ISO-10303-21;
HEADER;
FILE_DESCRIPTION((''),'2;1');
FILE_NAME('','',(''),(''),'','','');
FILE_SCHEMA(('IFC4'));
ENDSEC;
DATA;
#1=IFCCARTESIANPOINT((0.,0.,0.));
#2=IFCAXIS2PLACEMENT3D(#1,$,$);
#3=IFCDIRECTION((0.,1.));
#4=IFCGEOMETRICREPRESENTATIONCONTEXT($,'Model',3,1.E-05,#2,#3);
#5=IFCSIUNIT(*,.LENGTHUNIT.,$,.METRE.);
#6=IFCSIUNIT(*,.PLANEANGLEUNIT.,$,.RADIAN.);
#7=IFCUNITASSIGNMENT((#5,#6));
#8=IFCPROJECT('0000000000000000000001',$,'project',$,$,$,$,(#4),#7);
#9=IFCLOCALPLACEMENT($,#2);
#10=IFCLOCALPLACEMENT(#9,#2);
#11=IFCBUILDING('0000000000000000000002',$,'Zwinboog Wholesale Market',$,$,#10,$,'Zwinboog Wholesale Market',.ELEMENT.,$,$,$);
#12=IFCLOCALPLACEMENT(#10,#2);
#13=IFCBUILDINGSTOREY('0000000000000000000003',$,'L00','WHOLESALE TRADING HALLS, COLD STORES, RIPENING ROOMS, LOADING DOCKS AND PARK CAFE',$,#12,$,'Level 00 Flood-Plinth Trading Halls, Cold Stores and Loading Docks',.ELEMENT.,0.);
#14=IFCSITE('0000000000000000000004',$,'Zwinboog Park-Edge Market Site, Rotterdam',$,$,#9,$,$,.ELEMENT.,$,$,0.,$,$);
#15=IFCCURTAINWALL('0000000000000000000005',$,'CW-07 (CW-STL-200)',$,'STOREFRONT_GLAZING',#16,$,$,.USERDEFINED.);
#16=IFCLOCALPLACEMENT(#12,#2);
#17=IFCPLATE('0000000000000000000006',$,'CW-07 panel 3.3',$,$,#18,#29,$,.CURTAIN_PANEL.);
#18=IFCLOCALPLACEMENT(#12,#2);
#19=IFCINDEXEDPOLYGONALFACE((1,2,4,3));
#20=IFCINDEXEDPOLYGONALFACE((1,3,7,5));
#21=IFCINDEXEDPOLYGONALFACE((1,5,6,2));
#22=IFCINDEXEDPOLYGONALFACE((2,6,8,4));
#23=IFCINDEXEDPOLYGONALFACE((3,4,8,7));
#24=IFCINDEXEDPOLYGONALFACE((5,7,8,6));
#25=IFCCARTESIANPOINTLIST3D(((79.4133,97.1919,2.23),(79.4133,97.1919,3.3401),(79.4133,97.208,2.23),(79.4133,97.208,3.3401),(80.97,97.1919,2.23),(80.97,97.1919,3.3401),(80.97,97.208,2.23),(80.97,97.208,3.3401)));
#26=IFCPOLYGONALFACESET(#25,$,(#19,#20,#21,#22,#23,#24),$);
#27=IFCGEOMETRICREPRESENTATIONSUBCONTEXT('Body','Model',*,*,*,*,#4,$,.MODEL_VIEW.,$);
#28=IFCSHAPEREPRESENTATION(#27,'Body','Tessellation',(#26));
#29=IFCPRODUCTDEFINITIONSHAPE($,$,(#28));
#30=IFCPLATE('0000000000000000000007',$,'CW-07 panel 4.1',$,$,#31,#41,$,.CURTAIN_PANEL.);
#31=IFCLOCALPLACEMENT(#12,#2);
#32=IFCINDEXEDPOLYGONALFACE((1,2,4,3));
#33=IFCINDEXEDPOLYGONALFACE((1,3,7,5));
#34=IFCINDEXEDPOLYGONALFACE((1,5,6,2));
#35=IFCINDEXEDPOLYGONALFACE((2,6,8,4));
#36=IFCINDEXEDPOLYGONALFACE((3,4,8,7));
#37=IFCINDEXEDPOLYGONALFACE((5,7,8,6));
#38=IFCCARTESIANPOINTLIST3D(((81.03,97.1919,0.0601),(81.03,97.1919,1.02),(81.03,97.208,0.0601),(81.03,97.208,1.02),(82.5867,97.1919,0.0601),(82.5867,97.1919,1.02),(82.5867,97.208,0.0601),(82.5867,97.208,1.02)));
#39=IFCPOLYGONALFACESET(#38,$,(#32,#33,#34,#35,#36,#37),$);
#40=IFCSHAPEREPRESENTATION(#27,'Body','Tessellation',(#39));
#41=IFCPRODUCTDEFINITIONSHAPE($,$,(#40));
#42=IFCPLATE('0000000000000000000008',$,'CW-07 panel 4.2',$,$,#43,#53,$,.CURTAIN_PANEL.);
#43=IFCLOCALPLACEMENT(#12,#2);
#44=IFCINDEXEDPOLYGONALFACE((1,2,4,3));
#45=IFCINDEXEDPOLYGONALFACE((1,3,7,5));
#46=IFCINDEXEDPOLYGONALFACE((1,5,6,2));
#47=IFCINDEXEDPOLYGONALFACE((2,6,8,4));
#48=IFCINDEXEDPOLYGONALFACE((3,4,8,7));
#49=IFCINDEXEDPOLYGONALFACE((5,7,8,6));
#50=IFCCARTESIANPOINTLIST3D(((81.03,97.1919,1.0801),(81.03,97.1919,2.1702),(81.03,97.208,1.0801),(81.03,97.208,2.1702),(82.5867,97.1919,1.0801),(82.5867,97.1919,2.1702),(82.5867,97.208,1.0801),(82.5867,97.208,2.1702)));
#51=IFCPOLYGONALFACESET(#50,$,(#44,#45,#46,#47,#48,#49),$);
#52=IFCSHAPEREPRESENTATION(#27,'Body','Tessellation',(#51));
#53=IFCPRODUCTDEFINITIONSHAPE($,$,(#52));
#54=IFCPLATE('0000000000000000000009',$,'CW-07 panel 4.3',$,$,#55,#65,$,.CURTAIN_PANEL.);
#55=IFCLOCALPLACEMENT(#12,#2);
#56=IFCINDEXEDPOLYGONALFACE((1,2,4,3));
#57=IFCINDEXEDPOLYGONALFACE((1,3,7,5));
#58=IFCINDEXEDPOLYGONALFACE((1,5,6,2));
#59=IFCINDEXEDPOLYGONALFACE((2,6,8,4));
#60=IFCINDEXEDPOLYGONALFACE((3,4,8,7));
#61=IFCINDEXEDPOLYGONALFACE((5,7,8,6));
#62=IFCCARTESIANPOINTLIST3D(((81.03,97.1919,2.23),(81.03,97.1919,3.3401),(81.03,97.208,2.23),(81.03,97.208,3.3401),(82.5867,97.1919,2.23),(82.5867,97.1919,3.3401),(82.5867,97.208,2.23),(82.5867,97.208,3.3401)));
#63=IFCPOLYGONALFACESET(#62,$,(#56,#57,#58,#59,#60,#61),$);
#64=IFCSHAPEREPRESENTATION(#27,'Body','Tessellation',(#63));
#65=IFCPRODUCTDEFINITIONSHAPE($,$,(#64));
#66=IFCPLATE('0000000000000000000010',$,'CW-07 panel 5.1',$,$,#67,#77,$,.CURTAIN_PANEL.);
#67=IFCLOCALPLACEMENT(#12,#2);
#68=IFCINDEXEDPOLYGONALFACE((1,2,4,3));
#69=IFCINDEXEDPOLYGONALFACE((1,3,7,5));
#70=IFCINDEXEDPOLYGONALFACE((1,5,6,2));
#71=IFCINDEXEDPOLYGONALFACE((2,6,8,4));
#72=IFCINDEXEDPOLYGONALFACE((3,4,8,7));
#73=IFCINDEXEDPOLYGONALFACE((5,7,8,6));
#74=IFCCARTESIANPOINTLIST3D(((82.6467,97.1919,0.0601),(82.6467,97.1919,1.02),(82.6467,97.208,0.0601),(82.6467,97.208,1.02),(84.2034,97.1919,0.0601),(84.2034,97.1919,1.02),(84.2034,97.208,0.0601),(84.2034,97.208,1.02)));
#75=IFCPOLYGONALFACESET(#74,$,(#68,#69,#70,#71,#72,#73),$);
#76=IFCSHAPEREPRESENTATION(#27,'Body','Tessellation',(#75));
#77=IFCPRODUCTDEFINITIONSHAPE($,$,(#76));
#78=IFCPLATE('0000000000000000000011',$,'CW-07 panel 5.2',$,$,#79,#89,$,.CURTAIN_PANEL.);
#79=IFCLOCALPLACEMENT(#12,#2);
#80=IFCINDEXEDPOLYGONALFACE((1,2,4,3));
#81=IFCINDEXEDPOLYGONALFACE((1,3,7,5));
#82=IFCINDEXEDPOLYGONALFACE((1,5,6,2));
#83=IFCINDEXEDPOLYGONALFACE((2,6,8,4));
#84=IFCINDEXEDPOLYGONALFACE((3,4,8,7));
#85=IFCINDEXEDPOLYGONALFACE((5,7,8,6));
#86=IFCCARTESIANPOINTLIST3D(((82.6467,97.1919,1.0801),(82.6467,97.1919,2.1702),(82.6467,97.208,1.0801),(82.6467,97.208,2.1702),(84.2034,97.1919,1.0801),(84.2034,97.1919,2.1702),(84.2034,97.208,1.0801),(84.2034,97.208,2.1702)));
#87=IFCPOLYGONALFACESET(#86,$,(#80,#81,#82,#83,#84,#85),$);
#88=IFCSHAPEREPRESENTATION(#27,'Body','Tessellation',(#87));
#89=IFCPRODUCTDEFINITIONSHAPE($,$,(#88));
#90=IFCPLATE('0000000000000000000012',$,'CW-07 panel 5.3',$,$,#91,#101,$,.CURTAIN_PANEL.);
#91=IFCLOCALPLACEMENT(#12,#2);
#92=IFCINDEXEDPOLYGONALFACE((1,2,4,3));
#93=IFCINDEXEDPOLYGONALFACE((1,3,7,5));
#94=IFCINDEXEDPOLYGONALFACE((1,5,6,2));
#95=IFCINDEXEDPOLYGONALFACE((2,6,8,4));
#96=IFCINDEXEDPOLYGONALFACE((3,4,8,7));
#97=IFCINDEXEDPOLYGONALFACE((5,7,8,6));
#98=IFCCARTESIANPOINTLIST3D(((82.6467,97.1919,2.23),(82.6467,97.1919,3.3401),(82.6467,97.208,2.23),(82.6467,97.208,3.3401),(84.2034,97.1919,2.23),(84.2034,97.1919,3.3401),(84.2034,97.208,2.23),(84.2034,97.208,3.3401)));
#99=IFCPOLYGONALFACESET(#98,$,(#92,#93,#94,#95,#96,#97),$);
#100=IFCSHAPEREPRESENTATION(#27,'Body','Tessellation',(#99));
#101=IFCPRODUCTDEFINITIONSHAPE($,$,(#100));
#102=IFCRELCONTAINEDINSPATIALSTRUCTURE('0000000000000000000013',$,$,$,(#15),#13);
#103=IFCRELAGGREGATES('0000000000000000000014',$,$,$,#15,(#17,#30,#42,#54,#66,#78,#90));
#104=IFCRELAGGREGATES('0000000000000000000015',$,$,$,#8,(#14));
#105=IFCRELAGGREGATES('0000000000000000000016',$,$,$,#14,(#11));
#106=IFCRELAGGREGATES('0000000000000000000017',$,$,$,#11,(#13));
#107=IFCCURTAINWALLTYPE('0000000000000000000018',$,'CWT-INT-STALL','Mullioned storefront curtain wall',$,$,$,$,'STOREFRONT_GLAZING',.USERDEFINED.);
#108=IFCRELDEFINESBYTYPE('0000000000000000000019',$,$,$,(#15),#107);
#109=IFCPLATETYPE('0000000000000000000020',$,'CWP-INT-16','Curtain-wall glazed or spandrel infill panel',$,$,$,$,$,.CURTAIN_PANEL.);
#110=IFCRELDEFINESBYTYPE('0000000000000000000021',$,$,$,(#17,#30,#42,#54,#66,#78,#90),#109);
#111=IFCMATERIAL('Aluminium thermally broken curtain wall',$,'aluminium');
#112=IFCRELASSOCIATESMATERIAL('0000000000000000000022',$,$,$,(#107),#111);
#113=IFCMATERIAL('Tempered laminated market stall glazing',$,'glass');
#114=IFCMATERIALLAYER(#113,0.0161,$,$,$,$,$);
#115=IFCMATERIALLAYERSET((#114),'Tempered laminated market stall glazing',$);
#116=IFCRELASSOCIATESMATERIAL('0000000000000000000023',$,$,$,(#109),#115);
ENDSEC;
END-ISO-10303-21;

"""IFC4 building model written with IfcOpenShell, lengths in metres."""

from ifc_helpers import new_model, si_unit, direction, frame, origin, origin_2d, place, context, subcontext, project, spatial, rectangle, extrude, material, layer, layer_set, type_object, element, aggregate, save


model = new_model("IFC4")

# Units and contexts
model_context = context("Model", 3, precision=1e-05, world=origin(), true_north=direction((0.0, 1.0)))
body_context = subcontext(model_context, "Body", "Model", "MODEL_VIEW")
ifc_project = project(units=[si_unit("LENGTHUNIT", "METRE"), si_unit("PLANEANGLEUNIT", "RADIAN")], contexts=[model_context])

# Site, building, storey
site_placement = place(None, origin())
site = spatial("IfcSite", under=ifc_project, at=site_placement, Name="Zwinboog Park-Edge Market Site, Rotterdam", CompositionType="ELEMENT", RefElevation=0.0)
building_placement = place(site_placement, origin())
building = spatial("IfcBuilding", under=site, at=building_placement, Name="Zwinboog Wholesale Market", LongName="Zwinboog Wholesale Market", CompositionType="ELEMENT")
storey_placement = place(building_placement, origin())
storey = spatial("IfcBuildingStorey", under=building, at=storey_placement, Name="L00", Description="WHOLESALE TRADING HALLS, COLD STORES, RIPENING ROOMS, LOADING DOCKS AND PARK CAFE", LongName="Level 00 Flood-Plinth Trading Halls, Cold Stores and Loading Docks", CompositionType="ELEMENT", Elevation=0.0)

# Curtain wall, plates
ifc_material_1 = material(Name="Aluminium thermally broken curtain wall", Category="aluminium")
curtain_wall_type = type_object("IfcCurtainWallType", Name="CWT-INT-STALL", Description="Mullioned storefront curtain wall", ElementType="STOREFRONT_GLAZING", PredefinedType="USERDEFINED", material=ifc_material_1)
curtain_wall_placement = place(storey_placement, origin())
curtain_wall = element("IfcCurtainWall", 1, at=curtain_wall_placement, inside=storey, type_object=curtain_wall_type, Name="CW-07 (CW-STL-200)", ObjectType="STOREFRONT_GLAZING", PredefinedType="USERDEFINED")
ifc_material_2 = material(Name="Tempered laminated market stall glazing", Category="glass")
ifc_layer = layer(ifc_material_2, 0.0161)
ifc_layer_set = layer_set([ifc_layer], Name="Tempered laminated market stall glazing")
plate_type = type_object("IfcPlateType", Name="CWP-INT-16", Description="Curtain-wall glazed or spandrel infill panel", PredefinedType="CURTAIN_PANEL", material=ifc_layer_set)
plate_1_placement = place(storey_placement, frame((80.1917, 97.2, 2.23), z_axis=(0.0, 0.0, 1.0), x_axis=(1.0, 0.0, 0.0)))
plate_1 = element("IfcPlate", 2, at=plate_1_placement, type_object=plate_type, Name="CW-07 panel 3.3", PredefinedType="CURTAIN_PANEL", context=body_context, shape_type="SweptSolid", body=[
    extrude(rectangle(XDim=1.5566, YDim=0.0161, at=origin_2d()), origin(), (0.0, 0.0, 1.0), 1.1101),
])
plate_2_placement = place(storey_placement, frame((81.8083, 97.2, 0.0601), z_axis=(0.0, 0.0, 1.0), x_axis=(1.0, 0.0, 0.0)))
plate_2 = element("IfcPlate", 3, at=plate_2_placement, type_object=plate_type, Name="CW-07 panel 4.1", PredefinedType="CURTAIN_PANEL", context=body_context, shape_type="SweptSolid", body=[
    extrude(rectangle(XDim=1.5566, YDim=0.0161, at=origin_2d()), origin(), (0.0, 0.0, 1.0), 0.96),
])
plate_3_placement = place(storey_placement, frame((81.8083, 97.2, 1.0801), z_axis=(0.0, 0.0, 1.0), x_axis=(1.0, 0.0, 0.0)))
plate_3 = element("IfcPlate", 4, at=plate_3_placement, type_object=plate_type, Name="CW-07 panel 4.2", PredefinedType="CURTAIN_PANEL", context=body_context, shape_type="SweptSolid", body=[
    extrude(rectangle(XDim=1.5566, YDim=0.0161, at=origin_2d()), origin(), (0.0, 0.0, 1.0), 1.0901),
])
plate_4_placement = place(storey_placement, frame((81.8083, 97.2, 2.23), z_axis=(0.0, 0.0, 1.0), x_axis=(1.0, 0.0, 0.0)))
plate_4 = element("IfcPlate", 5, at=plate_4_placement, type_object=plate_type, Name="CW-07 panel 4.3", PredefinedType="CURTAIN_PANEL", context=body_context, shape_type="SweptSolid", body=[
    extrude(rectangle(XDim=1.5566, YDim=0.0161, at=origin_2d()), origin(), (0.0, 0.0, 1.0), 1.1101),
])
plate_5_placement = place(storey_placement, frame((83.425, 97.2, 0.0601), z_axis=(0.0, 0.0, 1.0), x_axis=(1.0, 0.0, 0.0)))
plate_5 = element("IfcPlate", 6, at=plate_5_placement, type_object=plate_type, Name="CW-07 panel 5.1", PredefinedType="CURTAIN_PANEL", context=body_context, shape_type="SweptSolid", body=[
    extrude(rectangle(XDim=1.5566, YDim=0.0161, at=origin_2d()), origin(), (0.0, 0.0, 1.0), 0.96),
])
plate_6_placement = place(storey_placement, frame((83.425, 97.2, 1.0801), z_axis=(0.0, 0.0, 1.0), x_axis=(1.0, 0.0, 0.0)))
plate_6 = element("IfcPlate", 7, at=plate_6_placement, type_object=plate_type, Name="CW-07 panel 5.2", PredefinedType="CURTAIN_PANEL", context=body_context, shape_type="SweptSolid", body=[
    extrude(rectangle(XDim=1.5566, YDim=0.0161, at=origin_2d()), origin(), (0.0, 0.0, 1.0), 1.0901),
])
plate_7_placement = place(storey_placement, frame((83.425, 97.2, 2.23), z_axis=(0.0, 0.0, 1.0), x_axis=(1.0, 0.0, 0.0)))
plate_7 = element("IfcPlate", 8, at=plate_7_placement, type_object=plate_type, Name="CW-07 panel 5.3", PredefinedType="CURTAIN_PANEL", context=body_context, shape_type="SweptSolid", body=[
    extrude(rectangle(XDim=1.5566, YDim=0.0161, at=origin_2d()), origin(), (0.0, 0.0, 1.0), 1.1101),
])
aggregate(curtain_wall, [plate_1, plate_2, plate_3, plate_4, plate_5, plate_6, plate_7])

save(model, "model.ifc")
